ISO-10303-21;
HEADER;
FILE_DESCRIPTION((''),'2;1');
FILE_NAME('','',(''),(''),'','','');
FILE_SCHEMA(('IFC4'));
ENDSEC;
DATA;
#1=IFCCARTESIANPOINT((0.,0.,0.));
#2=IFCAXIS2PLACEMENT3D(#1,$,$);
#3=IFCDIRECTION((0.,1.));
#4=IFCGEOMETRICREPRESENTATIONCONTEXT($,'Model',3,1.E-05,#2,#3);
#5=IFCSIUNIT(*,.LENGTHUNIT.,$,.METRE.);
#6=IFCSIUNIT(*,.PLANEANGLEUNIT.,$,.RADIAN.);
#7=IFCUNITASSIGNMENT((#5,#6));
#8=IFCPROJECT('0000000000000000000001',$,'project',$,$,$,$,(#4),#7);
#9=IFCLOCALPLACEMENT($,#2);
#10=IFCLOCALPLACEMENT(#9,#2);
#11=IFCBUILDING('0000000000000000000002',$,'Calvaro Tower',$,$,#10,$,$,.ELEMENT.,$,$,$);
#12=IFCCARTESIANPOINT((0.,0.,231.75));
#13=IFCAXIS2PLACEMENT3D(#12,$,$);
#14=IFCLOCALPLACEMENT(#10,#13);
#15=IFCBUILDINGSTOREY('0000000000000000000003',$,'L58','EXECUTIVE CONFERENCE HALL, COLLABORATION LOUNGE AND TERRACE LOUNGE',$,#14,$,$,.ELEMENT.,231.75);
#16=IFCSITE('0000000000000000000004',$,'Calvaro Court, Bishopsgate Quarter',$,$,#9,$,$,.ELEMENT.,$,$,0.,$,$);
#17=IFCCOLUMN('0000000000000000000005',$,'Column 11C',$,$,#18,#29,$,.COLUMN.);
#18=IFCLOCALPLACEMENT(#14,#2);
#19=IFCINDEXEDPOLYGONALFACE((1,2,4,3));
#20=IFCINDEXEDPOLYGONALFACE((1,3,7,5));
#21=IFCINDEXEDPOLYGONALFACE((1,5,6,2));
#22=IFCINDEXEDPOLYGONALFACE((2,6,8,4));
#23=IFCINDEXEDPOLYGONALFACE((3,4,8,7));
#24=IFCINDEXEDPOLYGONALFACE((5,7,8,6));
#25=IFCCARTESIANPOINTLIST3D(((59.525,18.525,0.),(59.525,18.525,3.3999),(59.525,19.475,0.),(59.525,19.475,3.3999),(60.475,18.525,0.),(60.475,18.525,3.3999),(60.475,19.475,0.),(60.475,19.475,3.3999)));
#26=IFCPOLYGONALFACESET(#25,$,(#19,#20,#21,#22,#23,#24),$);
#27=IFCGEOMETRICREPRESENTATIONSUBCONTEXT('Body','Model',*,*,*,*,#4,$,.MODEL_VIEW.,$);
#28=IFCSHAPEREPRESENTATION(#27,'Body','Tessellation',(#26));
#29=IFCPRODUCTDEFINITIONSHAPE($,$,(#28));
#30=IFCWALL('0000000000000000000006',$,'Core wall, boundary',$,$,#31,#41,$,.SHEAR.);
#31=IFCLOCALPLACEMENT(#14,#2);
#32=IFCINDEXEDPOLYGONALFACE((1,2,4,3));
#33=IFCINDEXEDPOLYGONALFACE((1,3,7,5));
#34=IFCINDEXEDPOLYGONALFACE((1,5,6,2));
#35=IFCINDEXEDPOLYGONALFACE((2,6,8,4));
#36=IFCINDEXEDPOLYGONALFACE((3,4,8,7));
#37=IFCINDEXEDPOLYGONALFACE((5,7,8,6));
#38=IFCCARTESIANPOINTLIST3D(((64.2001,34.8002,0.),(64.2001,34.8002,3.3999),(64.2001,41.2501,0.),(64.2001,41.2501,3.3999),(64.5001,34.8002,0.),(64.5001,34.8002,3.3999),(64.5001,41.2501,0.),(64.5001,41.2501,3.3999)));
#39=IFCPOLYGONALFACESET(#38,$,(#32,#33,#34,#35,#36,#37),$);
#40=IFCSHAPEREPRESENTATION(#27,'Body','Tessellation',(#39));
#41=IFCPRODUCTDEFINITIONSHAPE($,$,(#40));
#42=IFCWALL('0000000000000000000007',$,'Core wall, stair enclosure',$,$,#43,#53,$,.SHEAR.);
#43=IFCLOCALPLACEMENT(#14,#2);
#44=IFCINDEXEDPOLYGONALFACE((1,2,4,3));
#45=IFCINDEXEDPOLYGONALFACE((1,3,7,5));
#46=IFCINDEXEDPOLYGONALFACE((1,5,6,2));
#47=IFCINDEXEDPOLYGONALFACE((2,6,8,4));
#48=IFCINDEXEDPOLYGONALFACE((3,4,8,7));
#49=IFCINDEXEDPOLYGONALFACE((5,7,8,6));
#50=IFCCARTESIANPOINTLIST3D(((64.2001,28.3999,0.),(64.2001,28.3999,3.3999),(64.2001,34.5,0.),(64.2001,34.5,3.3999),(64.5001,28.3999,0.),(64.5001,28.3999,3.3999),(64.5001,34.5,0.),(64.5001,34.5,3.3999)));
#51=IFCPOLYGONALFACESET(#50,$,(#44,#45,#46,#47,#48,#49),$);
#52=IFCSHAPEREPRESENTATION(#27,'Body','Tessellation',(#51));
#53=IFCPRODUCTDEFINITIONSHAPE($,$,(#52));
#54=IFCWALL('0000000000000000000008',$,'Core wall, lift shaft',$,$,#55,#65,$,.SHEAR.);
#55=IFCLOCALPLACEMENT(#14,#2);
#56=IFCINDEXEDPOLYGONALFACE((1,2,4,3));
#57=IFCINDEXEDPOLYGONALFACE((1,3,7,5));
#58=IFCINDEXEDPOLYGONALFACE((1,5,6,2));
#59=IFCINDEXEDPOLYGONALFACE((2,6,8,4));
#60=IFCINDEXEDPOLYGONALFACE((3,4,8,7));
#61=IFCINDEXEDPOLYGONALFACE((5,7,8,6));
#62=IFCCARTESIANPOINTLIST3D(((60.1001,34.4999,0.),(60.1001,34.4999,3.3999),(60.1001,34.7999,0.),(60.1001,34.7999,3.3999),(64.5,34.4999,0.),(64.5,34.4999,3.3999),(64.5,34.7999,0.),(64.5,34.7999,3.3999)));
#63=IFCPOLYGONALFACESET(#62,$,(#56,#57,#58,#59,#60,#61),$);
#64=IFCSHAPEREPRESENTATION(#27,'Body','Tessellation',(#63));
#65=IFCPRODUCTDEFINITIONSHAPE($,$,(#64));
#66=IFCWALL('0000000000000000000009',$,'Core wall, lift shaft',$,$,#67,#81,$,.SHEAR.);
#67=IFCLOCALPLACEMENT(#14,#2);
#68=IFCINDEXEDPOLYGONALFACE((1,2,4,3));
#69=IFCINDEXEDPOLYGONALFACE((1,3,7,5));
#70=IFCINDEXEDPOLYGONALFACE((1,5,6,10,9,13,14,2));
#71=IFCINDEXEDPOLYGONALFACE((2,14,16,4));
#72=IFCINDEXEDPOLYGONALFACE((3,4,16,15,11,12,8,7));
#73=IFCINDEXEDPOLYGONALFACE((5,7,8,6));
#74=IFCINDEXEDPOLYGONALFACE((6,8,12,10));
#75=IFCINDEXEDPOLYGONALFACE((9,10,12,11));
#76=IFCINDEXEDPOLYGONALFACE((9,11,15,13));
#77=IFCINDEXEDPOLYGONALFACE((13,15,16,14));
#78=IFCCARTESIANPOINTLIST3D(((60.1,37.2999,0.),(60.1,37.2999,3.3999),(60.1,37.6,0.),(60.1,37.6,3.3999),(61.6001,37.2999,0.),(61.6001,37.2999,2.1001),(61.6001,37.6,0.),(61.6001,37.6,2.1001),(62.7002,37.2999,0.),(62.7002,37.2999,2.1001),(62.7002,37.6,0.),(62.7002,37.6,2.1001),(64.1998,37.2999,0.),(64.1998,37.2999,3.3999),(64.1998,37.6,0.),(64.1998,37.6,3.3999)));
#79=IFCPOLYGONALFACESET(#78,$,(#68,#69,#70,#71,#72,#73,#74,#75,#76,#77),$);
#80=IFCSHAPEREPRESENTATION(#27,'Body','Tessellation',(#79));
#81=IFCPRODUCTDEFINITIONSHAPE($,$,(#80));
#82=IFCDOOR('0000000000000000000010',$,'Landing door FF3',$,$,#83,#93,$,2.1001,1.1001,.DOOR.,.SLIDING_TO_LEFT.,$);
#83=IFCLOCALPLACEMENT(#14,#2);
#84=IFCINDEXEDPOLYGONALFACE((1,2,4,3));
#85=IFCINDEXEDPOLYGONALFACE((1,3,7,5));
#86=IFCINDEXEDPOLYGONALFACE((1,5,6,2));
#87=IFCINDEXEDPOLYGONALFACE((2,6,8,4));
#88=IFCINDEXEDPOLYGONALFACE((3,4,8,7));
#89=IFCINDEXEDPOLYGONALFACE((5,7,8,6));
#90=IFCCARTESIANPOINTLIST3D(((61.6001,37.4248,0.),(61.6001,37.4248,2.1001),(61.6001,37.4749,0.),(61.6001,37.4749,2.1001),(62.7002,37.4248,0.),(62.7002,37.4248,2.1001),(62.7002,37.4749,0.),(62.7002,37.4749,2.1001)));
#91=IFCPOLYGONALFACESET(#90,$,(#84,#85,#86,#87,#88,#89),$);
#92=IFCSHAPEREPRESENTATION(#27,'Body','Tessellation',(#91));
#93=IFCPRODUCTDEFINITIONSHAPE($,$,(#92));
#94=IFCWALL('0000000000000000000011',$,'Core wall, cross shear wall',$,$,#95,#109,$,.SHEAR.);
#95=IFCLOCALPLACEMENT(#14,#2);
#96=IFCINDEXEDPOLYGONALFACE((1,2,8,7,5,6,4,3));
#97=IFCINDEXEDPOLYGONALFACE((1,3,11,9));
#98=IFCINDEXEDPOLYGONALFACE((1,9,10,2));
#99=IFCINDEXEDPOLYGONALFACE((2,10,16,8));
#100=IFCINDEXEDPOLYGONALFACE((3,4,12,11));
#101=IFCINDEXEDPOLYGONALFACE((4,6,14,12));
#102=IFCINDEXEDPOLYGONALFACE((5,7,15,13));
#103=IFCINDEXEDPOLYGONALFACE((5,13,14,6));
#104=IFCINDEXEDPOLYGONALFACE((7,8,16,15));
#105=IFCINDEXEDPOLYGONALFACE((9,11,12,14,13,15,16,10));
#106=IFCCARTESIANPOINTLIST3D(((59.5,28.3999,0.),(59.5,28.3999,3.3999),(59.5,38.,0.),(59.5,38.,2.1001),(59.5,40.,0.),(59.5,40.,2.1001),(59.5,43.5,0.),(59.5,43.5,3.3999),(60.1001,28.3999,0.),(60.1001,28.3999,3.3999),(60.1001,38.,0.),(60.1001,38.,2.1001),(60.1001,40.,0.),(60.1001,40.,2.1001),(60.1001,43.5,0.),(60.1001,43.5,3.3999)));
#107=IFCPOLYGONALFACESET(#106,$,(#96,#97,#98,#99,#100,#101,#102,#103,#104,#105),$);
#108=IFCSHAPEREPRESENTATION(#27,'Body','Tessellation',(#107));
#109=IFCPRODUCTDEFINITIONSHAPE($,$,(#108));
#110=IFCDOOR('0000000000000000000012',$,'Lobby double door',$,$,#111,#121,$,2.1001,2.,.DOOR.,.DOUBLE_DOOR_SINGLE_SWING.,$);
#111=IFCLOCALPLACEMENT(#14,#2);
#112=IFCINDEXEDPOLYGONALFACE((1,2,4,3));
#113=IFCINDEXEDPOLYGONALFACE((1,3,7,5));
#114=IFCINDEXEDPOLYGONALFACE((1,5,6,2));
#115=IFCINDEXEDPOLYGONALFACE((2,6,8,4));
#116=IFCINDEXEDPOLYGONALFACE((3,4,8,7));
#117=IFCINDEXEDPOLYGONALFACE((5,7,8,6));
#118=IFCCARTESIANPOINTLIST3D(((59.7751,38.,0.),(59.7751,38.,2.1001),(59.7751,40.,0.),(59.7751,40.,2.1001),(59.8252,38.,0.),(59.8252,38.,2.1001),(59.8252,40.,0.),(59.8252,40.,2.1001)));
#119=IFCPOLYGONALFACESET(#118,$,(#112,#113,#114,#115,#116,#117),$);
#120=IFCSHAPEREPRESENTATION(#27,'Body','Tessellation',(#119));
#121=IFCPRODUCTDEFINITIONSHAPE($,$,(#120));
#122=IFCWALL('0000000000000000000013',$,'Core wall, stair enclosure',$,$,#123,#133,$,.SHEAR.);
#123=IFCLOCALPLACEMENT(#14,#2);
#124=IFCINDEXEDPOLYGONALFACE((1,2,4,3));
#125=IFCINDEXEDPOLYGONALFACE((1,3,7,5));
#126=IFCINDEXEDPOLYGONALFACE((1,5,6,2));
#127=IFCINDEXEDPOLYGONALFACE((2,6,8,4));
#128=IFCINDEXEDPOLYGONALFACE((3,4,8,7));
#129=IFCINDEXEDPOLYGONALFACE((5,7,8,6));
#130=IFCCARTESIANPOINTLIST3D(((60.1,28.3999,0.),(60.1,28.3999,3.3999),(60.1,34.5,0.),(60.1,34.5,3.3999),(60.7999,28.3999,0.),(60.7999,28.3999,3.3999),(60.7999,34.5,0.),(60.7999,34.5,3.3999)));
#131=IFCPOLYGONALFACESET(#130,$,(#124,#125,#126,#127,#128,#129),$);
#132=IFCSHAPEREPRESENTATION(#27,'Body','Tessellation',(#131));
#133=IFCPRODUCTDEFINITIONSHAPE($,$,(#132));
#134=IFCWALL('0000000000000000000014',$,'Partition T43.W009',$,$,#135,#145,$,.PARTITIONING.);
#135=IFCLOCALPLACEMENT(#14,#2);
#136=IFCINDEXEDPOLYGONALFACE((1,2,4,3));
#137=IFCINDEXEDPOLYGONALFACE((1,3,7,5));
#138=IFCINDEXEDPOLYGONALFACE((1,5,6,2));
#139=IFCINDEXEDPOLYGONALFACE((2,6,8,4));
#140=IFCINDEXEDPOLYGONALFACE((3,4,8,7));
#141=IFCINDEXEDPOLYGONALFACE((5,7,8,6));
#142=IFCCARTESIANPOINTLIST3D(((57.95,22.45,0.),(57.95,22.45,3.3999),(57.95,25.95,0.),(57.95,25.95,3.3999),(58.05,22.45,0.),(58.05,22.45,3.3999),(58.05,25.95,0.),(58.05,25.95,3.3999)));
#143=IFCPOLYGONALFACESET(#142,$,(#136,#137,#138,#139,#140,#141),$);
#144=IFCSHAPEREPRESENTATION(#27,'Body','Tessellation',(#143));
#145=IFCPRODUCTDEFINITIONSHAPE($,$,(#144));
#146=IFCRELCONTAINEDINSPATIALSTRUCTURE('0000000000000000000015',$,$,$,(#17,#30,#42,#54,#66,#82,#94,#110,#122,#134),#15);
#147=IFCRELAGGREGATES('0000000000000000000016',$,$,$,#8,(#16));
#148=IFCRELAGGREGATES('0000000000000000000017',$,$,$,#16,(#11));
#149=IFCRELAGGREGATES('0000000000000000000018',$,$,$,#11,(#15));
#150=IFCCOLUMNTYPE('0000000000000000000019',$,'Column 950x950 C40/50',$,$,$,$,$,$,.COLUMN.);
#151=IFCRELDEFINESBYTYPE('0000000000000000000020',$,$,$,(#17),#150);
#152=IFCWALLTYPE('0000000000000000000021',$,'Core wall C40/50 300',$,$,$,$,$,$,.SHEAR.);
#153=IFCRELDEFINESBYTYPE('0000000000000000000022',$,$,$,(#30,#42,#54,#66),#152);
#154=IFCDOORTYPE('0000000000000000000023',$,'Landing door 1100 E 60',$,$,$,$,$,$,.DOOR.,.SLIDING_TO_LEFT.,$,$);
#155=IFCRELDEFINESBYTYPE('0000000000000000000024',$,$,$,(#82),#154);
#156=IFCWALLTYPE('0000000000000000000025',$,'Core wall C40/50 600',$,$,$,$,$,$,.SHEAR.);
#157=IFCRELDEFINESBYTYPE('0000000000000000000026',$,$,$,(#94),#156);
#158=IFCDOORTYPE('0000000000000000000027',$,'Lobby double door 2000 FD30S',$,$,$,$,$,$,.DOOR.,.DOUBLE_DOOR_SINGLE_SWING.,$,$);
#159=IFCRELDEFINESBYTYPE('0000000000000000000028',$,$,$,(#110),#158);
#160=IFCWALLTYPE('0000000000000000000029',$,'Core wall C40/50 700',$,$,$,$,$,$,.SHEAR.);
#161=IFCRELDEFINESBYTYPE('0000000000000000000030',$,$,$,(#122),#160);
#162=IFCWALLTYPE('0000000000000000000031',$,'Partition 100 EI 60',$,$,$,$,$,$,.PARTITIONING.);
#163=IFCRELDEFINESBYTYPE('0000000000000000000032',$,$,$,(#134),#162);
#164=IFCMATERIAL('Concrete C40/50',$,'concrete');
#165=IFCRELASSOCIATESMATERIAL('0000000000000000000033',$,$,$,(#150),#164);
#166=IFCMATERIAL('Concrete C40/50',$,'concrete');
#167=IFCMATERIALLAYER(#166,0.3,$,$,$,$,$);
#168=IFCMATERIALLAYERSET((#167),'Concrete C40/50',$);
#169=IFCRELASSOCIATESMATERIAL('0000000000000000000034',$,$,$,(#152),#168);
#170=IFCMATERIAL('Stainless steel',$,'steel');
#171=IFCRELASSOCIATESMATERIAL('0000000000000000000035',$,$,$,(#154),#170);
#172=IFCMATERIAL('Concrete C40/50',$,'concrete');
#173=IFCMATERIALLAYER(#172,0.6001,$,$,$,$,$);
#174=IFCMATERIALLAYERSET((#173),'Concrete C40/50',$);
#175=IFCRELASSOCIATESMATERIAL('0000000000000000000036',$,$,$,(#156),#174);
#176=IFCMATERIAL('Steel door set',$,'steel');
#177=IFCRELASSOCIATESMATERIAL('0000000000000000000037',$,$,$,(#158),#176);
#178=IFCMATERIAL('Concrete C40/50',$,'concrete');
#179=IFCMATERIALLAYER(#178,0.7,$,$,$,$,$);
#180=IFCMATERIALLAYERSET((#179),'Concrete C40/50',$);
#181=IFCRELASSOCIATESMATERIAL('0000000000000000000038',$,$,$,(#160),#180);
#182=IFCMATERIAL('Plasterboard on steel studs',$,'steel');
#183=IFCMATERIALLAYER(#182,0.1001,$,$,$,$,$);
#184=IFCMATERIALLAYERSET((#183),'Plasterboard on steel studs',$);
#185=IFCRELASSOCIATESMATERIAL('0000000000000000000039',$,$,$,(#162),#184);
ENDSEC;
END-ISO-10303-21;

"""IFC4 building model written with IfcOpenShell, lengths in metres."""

from ifc_helpers import new_model, si_unit, direction, frame, frame_2d, origin, origin_2d, place, context, subcontext, project, spatial, rectangle, extrude, material, layer, layer_set, material_profile, profile_set, type_object, element, fill, save


model = new_model("IFC4")

# Units and contexts
model_context = context("Model", 3, precision=1e-05, world=origin(), true_north=direction((0.0, 1.0)))
body_context = subcontext(model_context, "Body", "Model", "MODEL_VIEW")
ifc_project = project(units=[si_unit("LENGTHUNIT", "METRE"), si_unit("PLANEANGLEUNIT", "RADIAN")], contexts=[model_context])

# Site, building, storey
site_placement = place(None, origin())
site = spatial("IfcSite", under=ifc_project, at=site_placement, Name="Calvaro Court, Bishopsgate Quarter", CompositionType="ELEMENT", RefElevation=0.0)
building_placement = place(site_placement, origin())
building = spatial("IfcBuilding", under=site, at=building_placement, Name="Calvaro Tower", CompositionType="ELEMENT")
storey_placement = place(building_placement, frame((0.0, 0.0, 231.75)))
storey = spatial("IfcBuildingStorey", under=building, at=storey_placement, Name="L58", Description="EXECUTIVE CONFERENCE HALL, COLLABORATION LOUNGE AND TERRACE LOUNGE", CompositionType="ELEMENT", Elevation=231.75)

# Column
ifc_material_1 = material(Name="Concrete C40/50", Category="concrete")
ifc_material_profile = material_profile(ifc_material_1, rectangle(XDim=0.95, YDim=0.95, at=origin_2d()), Name="RC 950x950")
ifc_profile_set = profile_set([ifc_material_profile], Name="Concrete C40/50")
column_type = type_object("IfcColumnType", Name="Column 950x950 C40/50", PredefinedType="COLUMN", material=ifc_profile_set)
column_placement = place(storey_placement, frame((60.0, 19.0, 0.0), z_axis=(0.0, 0.0, 1.0), x_axis=(1.0, 0.0, 0.0)))
element("IfcColumn", 1, at=column_placement, inside=storey, type_object=column_type, Name="Column 11C", PredefinedType="COLUMN", context=body_context, shape_type="SweptSolid", body=[
    extrude(rectangle(XDim=0.95, YDim=0.95, at=origin_2d()), origin(), (0.0, 0.0, 1.0), 3.3999),
])

# Walls
ifc_material_2 = material(Name="Concrete C40/50", Category="concrete")
ifc_layer_1 = layer(ifc_material_2, 0.3)
ifc_layer_set_1 = layer_set([ifc_layer_1], Name="Concrete C40/50")
wall_type_1 = type_object("IfcWallType", Name="Core wall C40/50 300", PredefinedType="SHEAR", material=ifc_layer_set_1)
wall_1_placement = place(storey_placement, frame((64.3501, 34.8, 0.0), z_axis=(0.0, 0.0, 1.0), x_axis=(0.0, 1.0, 0.0)))
element("IfcWall", 2, at=wall_1_placement, inside=storey, type_object=wall_type_1, Name="Core wall, boundary", PredefinedType="SHEAR", context=body_context, shape_type="SweptSolid", body=[
    extrude(rectangle(XDim=6.45, YDim=0.3, at=frame_2d((3.2251, 0.0))), origin(), (0.0, 0.0, 1.0), 3.3999),
])
wall_2_placement = place(storey_placement, frame((64.3501, 28.3999, 0.0), z_axis=(0.0, 0.0, 1.0), x_axis=(0.0, 1.0, 0.0)))
element("IfcWall", 3, at=wall_2_placement, inside=storey, type_object=wall_type_1, Name="Core wall, stair enclosure", PredefinedType="SHEAR", context=body_context, shape_type="SweptSolid", body=[
    extrude(rectangle(XDim=6.1001, YDim=0.3, at=frame_2d((3.05, 0.0))), origin(), (0.0, 0.0, 1.0), 3.3999),
])
wall_3_placement = place(storey_placement, frame((60.1001, 34.6499, 0.0), z_axis=(0.0, 0.0, 1.0), x_axis=(1.0, 0.0, 0.0)))
element("IfcWall", 4, at=wall_3_placement, inside=storey, type_object=wall_type_1, Name="Core wall, lift shaft", PredefinedType="SHEAR", context=body_context, shape_type="SweptSolid", body=[
    extrude(rectangle(XDim=4.3999, YDim=0.3, at=frame_2d((2.2, 0.0))), origin(), (0.0, 0.0, 1.0), 3.3999),
])

# Walls, openings, doors
wall_4_placement = place(storey_placement, frame((60.1001, 37.45, 0.0), z_axis=(0.0, 0.0, 1.0), x_axis=(1.0, 0.0, 0.0)))
wall_4 = element("IfcWall", 5, at=wall_4_placement, inside=storey, type_object=wall_type_1, Name="Core wall, lift shaft", PredefinedType="SHEAR", context=body_context, shape_type="SweptSolid", body=[
    extrude(rectangle(XDim=4.0999, YDim=0.3, at=frame_2d((2.0498, 0.0))), origin(), (0.0, 0.0, 1.0), 3.3999),
])
opening_1_placement = place(wall_4_placement, frame((1.5, 0.0, 0.0)))
opening_1 = element("IfcOpeningElement", 6, at=opening_1_placement, cuts=wall_4, PredefinedType="OPENING", context=body_context, shape_type="SweptSolid", body=[
    extrude(rectangle(XDim=1.1001, YDim=2.1001, at=frame_2d((0.55, 1.05))), frame((0.0, 0.1599, 0.0), z_axis=(0.0, -1.0, 0.0), x_axis=(1.0, 0.0, 0.0)), (0.0, 0.0, 1.0), 0.3201),
])
ifc_material_3 = material(Name="Stainless steel", Category="steel")
door_type_1 = type_object("IfcDoorType", Name="Landing door 1100 E 60", OperationType="SLIDING_TO_LEFT", PredefinedType="DOOR", material=ifc_material_3)
door_1_placement = place(opening_1_placement, origin())
door_1 = element("IfcDoor", 7, at=door_1_placement, inside=storey, type_object=door_type_1, Name="Landing door FF3", OperationType="SLIDING_TO_LEFT", OverallHeight=2.1001, OverallWidth=1.1001, PredefinedType="DOOR", context=body_context, shape_type="SweptSolid", body=[
    extrude(rectangle(XDim=1.1001, YDim=2.1001, at=frame_2d((0.55, 1.05))), frame((0.0, 0.0249, 0.0), z_axis=(0.0, -1.0, 0.0), x_axis=(1.0, 0.0, 0.0)), (0.0, 0.0, 1.0), 0.05),
])
fill(opening_1, door_1)
ifc_material_4 = material(Name="Concrete C40/50", Category="concrete")
ifc_layer_2 = layer(ifc_material_4, 0.6001)
ifc_layer_set_2 = layer_set([ifc_layer_2], Name="Concrete C40/50")
wall_type_2 = type_object("IfcWallType", Name="Core wall C40/50 600", PredefinedType="SHEAR", material=ifc_layer_set_2)
wall_5_placement = place(storey_placement, frame((59.8, 28.3999, 0.0), z_axis=(0.0, 0.0, 1.0), x_axis=(0.0, 1.0, 0.0)))
wall_5 = element("IfcWall", 8, at=wall_5_placement, inside=storey, type_object=wall_type_2, Name="Core wall, cross shear wall", PredefinedType="SHEAR", context=body_context, shape_type="SweptSolid", body=[
    extrude(rectangle(XDim=15.1001, YDim=0.6001, at=frame_2d((7.55, 0.0))), origin(), (0.0, 0.0, 1.0), 3.3999),
])
opening_2_placement = place(wall_5_placement, frame((9.6001, 0.0, 0.0)))
opening_2 = element("IfcOpeningElement", 9, at=opening_2_placement, cuts=wall_5, PredefinedType="OPENING", context=body_context, shape_type="SweptSolid", body=[
    extrude(rectangle(XDim=2.0, YDim=2.1001, at=frame_2d((1.0, 1.05))), frame((0.0, 0.3101, 0.0), z_axis=(0.0, -1.0, 0.0), x_axis=(1.0, 0.0, 0.0)), (0.0, 0.0, 1.0), 0.6201),
])
ifc_material_5 = material(Name="Steel door set", Category="steel")
door_type_2 = type_object("IfcDoorType", Name="Lobby double door 2000 FD30S", OperationType="DOUBLE_DOOR_SINGLE_SWING", PredefinedType="DOOR", material=ifc_material_5)
door_2_placement = place(opening_2_placement, origin())
door_2 = element("IfcDoor", 10, at=door_2_placement, inside=storey, type_object=door_type_2, Name="Lobby double door", OperationType="DOUBLE_DOOR_SINGLE_SWING", OverallHeight=2.1001, OverallWidth=2.0, PredefinedType="DOOR", context=body_context, shape_type="SweptSolid", body=[
    extrude(rectangle(XDim=2.0, YDim=2.1001, at=frame_2d((1.0, 1.05))), frame((0.0, 0.0249, 0.0), z_axis=(0.0, -1.0, 0.0), x_axis=(1.0, 0.0, 0.0)), (0.0, 0.0, 1.0), 0.05),
])
fill(opening_2, door_2)

# Walls
ifc_material_6 = material(Name="Concrete C40/50", Category="concrete")
ifc_layer_3 = layer(ifc_material_6, 0.7)
ifc_layer_set_3 = layer_set([ifc_layer_3], Name="Concrete C40/50")
wall_type_3 = type_object("IfcWallType", Name="Core wall C40/50 700", PredefinedType="SHEAR", material=ifc_layer_set_3)
wall_6_placement = place(storey_placement, frame((60.45, 28.3999, 0.0), z_axis=(0.0, 0.0, 1.0), x_axis=(0.0, 1.0, 0.0)))
element("IfcWall", 11, at=wall_6_placement, inside=storey, type_object=wall_type_3, Name="Core wall, stair enclosure", PredefinedType="SHEAR", context=body_context, shape_type="SweptSolid", body=[
    extrude(rectangle(XDim=6.1001, YDim=0.7, at=frame_2d((3.05, 0.0))), origin(), (0.0, 0.0, 1.0), 3.3999),
])
ifc_material_7 = material(Name="Plasterboard on steel studs", Category="steel")
ifc_layer_4 = layer(ifc_material_7, 0.1001)
ifc_layer_set_4 = layer_set([ifc_layer_4], Name="Plasterboard on steel studs")
wall_type_4 = type_object("IfcWallType", Name="Partition 100 EI 60", PredefinedType="PARTITIONING", material=ifc_layer_set_4)
wall_7_placement = place(storey_placement, frame((58.0, 22.45, 0.0), z_axis=(0.0, 0.0, 1.0), x_axis=(0.0, 1.0, 0.0)))
element("IfcWall", 12, at=wall_7_placement, inside=storey, type_object=wall_type_4, Name="Partition T43.W009", PredefinedType="PARTITIONING", context=body_context, shape_type="SweptSolid", body=[
    extrude(rectangle(XDim=3.5, YDim=0.1001, at=frame_2d((1.75, 0.0))), origin(), (0.0, 0.0, 1.0), 3.3999),
])

save(model, "model.ifc")
